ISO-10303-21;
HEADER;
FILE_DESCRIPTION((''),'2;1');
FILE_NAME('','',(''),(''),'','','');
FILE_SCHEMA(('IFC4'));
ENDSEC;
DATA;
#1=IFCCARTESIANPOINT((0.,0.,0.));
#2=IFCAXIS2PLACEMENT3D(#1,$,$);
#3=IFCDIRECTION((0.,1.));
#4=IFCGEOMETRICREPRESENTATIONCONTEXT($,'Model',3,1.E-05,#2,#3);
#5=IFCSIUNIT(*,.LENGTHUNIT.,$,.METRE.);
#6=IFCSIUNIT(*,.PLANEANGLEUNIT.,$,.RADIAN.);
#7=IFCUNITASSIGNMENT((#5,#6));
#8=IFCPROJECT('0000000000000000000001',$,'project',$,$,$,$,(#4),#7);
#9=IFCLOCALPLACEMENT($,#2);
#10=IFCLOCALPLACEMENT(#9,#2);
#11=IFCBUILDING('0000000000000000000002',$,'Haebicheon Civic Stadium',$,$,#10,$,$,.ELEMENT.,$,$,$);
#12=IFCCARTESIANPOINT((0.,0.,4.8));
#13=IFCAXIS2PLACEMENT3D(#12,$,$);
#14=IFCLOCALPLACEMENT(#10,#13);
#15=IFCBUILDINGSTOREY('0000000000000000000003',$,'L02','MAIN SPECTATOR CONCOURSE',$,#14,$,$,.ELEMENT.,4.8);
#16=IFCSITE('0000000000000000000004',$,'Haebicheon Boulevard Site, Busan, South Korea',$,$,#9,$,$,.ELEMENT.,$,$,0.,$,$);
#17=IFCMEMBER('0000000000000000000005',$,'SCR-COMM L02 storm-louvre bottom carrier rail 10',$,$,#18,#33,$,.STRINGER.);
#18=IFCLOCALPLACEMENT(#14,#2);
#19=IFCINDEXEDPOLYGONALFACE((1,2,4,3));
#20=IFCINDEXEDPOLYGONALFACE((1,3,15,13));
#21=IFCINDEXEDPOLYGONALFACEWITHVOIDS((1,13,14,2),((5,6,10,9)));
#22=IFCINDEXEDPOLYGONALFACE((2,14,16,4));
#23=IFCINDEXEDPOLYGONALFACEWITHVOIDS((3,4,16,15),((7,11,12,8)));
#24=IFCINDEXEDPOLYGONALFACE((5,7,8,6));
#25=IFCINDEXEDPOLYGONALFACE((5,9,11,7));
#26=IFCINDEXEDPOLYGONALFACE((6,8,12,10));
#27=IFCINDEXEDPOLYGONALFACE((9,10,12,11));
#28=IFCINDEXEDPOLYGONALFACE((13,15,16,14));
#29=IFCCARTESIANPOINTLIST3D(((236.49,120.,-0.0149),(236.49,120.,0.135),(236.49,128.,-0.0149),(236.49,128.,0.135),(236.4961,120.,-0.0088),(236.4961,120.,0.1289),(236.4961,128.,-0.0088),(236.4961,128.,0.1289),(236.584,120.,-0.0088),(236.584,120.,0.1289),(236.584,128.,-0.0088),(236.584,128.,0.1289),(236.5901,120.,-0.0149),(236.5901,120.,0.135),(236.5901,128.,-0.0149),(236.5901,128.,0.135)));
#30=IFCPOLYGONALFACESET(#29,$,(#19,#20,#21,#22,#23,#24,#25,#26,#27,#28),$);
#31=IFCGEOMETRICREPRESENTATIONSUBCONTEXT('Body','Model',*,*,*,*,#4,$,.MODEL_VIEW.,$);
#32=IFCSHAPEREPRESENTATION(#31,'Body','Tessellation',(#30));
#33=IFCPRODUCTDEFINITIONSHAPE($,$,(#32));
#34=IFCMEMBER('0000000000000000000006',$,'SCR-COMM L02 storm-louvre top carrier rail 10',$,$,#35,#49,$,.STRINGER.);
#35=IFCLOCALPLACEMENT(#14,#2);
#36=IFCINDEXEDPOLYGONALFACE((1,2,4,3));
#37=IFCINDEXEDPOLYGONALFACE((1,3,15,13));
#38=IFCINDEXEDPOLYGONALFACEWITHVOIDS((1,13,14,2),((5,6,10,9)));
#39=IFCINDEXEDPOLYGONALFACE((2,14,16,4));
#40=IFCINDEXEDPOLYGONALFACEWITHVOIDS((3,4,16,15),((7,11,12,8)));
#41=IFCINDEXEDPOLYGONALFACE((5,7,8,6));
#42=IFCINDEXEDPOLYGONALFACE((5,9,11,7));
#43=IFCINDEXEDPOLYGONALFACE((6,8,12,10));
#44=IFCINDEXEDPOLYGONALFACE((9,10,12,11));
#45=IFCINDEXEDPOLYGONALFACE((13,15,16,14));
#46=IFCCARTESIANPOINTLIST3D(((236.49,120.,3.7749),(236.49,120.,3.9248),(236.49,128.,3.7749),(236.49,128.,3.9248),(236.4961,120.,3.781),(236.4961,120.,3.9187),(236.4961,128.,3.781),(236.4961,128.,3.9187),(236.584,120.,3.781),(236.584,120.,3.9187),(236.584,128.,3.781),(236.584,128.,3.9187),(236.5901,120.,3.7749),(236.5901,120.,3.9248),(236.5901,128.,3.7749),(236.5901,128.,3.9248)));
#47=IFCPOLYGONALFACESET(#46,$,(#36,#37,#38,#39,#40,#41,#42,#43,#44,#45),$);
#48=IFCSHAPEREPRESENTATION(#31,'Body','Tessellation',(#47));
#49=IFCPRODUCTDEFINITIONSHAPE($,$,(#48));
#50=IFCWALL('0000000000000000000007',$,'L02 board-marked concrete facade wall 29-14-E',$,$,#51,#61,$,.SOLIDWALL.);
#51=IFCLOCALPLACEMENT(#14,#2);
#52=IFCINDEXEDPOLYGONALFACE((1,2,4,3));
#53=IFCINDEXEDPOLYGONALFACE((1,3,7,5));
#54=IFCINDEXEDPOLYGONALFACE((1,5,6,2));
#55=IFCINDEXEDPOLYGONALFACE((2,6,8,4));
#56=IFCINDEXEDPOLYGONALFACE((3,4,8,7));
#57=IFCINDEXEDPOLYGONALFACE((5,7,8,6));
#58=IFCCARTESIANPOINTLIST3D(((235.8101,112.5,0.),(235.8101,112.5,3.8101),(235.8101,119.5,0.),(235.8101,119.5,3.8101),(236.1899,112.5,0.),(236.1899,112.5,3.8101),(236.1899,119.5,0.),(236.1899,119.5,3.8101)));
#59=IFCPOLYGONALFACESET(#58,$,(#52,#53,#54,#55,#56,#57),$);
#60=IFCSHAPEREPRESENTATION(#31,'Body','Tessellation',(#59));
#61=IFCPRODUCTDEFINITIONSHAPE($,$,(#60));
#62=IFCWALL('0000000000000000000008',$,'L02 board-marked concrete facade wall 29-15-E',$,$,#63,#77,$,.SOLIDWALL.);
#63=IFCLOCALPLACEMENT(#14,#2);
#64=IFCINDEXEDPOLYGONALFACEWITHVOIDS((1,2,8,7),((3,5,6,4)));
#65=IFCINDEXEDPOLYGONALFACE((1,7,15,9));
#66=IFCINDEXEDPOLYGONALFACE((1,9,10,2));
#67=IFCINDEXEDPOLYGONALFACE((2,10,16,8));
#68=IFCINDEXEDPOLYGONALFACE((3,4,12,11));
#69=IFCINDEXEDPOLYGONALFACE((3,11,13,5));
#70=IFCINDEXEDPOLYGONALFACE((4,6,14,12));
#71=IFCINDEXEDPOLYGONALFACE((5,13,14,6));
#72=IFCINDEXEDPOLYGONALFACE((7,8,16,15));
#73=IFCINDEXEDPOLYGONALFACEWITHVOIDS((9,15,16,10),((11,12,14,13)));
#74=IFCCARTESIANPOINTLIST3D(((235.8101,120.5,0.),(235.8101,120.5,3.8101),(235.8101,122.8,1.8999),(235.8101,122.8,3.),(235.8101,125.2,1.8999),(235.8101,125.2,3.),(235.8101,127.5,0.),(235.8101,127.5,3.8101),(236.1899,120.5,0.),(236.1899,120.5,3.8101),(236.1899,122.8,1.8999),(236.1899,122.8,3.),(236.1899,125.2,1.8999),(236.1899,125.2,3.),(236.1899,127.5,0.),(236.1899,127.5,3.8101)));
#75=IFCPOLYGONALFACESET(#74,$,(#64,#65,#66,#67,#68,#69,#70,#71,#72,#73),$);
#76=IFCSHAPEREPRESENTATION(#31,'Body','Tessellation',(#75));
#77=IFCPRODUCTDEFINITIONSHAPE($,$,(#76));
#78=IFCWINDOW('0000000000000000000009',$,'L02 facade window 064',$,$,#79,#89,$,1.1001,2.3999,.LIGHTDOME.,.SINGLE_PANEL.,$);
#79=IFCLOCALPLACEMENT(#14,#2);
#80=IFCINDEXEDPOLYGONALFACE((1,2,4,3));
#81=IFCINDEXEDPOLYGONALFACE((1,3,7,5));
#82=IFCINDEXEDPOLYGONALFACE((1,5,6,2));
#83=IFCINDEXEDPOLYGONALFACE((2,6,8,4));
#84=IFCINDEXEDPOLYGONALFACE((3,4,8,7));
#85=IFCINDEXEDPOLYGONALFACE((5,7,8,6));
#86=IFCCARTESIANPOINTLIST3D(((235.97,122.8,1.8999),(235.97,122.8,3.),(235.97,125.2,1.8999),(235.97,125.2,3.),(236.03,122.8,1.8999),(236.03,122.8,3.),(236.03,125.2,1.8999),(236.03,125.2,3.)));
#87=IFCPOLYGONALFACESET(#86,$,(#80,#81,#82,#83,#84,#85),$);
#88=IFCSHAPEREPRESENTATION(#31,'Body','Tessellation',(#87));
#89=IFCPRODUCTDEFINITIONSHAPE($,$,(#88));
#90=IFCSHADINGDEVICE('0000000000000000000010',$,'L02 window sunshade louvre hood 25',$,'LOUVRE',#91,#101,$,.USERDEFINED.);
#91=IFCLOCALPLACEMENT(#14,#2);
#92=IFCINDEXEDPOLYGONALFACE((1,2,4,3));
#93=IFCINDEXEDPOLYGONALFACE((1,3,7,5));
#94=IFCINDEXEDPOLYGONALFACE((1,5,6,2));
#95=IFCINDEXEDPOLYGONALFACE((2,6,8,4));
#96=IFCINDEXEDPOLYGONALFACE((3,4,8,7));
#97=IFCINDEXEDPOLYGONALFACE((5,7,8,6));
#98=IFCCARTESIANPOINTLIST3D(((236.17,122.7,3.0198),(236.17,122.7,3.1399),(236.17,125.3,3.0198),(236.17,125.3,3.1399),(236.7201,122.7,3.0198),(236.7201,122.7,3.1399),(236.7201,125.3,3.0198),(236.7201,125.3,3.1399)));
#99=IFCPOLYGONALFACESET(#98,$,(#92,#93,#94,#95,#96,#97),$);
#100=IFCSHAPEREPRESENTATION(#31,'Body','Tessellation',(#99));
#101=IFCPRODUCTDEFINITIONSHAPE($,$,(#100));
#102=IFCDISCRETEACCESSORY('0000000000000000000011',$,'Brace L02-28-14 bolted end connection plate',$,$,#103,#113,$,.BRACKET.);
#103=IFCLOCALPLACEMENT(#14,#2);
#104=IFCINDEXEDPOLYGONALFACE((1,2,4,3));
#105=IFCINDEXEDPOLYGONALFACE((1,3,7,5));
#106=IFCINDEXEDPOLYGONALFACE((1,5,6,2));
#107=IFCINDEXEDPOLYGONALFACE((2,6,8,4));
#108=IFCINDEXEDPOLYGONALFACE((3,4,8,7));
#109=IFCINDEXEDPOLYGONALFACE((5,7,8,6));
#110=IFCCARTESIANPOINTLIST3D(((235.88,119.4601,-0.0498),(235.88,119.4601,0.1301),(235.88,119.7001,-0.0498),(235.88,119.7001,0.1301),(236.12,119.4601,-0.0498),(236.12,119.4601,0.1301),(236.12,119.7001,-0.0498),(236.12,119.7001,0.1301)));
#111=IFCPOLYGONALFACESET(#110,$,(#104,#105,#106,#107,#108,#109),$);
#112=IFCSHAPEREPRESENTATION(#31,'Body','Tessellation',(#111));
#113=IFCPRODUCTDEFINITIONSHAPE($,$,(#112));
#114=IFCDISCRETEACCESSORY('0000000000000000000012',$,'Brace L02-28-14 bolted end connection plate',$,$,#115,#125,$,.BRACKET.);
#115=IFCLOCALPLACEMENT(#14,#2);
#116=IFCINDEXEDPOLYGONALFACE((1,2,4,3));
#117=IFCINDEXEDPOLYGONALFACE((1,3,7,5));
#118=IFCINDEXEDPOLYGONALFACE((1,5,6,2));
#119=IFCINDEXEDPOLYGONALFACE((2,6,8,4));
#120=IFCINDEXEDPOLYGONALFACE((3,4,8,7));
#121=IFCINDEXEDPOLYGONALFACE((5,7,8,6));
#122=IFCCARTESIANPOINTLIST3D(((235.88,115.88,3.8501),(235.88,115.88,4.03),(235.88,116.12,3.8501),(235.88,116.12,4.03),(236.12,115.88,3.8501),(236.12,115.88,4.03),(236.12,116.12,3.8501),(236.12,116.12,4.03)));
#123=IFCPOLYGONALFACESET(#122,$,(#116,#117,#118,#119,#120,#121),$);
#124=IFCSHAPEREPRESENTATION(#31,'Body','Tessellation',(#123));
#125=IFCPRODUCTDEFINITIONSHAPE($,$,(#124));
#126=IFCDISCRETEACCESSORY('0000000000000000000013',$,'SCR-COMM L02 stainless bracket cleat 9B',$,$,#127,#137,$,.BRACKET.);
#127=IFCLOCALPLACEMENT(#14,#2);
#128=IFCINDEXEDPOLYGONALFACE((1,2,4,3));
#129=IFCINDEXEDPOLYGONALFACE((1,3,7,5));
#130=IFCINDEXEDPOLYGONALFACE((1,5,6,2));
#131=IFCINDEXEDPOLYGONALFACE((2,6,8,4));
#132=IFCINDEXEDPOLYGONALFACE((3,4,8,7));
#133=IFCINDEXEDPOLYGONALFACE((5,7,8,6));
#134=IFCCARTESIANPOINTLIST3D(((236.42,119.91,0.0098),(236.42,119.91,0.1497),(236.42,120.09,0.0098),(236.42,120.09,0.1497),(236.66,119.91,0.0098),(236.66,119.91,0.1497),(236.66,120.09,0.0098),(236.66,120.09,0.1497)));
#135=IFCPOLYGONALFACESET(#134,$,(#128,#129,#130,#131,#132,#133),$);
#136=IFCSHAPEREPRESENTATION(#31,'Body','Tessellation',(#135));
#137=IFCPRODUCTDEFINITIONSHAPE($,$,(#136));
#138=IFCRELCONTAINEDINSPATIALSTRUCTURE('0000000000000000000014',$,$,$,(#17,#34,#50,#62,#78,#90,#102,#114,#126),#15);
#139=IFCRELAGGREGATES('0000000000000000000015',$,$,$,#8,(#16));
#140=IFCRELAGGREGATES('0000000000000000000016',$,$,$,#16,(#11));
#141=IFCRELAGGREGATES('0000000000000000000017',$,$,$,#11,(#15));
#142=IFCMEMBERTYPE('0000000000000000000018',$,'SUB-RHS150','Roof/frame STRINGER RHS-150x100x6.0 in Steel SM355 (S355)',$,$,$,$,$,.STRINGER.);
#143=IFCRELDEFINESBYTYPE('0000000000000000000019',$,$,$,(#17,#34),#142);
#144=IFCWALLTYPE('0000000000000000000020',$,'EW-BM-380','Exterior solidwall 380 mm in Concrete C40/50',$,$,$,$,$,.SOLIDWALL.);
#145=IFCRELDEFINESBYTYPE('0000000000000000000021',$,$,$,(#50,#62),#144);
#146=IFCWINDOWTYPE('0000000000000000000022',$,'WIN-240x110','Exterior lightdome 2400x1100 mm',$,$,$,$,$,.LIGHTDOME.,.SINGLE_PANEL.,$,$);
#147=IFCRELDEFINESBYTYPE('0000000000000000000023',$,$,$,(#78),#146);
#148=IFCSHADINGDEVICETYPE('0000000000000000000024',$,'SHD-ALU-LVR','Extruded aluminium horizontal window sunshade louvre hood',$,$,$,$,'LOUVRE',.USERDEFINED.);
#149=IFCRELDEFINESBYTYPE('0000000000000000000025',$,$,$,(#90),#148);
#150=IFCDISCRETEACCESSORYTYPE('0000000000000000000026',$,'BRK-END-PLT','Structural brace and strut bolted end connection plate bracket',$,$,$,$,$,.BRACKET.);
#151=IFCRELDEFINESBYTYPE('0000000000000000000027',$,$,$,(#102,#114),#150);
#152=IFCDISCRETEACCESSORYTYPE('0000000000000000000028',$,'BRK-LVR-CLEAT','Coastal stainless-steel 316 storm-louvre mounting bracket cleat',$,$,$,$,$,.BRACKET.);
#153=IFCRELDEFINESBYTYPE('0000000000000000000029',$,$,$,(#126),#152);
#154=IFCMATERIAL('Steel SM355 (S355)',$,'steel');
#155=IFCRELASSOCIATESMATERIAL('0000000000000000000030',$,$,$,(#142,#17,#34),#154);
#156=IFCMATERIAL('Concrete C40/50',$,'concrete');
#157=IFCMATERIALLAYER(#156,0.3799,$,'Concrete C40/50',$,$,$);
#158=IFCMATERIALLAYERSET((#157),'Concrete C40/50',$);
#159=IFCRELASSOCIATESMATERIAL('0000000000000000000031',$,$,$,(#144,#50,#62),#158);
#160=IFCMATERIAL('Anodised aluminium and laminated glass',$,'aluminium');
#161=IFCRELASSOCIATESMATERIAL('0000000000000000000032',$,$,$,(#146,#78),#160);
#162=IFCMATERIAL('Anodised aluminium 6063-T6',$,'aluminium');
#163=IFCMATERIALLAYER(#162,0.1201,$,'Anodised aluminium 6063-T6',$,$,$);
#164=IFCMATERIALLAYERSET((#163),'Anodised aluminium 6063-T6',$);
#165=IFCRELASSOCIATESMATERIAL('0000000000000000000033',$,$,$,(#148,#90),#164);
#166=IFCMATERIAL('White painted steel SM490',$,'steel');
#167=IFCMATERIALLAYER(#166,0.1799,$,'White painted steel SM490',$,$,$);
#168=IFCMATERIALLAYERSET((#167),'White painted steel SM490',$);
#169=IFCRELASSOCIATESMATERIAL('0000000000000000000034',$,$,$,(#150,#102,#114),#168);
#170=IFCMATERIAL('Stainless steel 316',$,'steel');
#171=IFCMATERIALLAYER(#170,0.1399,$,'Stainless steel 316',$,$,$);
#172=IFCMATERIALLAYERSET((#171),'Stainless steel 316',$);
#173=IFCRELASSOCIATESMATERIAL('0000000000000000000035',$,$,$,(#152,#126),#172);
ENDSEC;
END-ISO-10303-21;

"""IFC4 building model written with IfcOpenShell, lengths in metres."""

from ifc_helpers import new_model, si_unit, direction, frame, frame_2d, origin, origin_2d, place, context, subcontext, project, spatial, rectangle, hollow_rectangle, extrude, material, layer, layer_set, material_profile, profile_set, type_object, element, fill, save


model = new_model("IFC4")

# Units and contexts
model_context = context("Model", 3, precision=1e-05, world=origin(), true_north=direction((0.0, 1.0)))
body_context = subcontext(model_context, "Body", "Model", "MODEL_VIEW")
ifc_project = project(units=[si_unit("LENGTHUNIT", "METRE"), si_unit("PLANEANGLEUNIT", "RADIAN")], contexts=[model_context])

# Site, building, storey
site_placement = place(None, origin())
site = spatial("IfcSite", under=ifc_project, at=site_placement, Name="Haebicheon Boulevard Site, Busan, South Korea", CompositionType="ELEMENT", RefElevation=0.0)
building_placement = place(site_placement, origin())
building = spatial("IfcBuilding", under=site, at=building_placement, Name="Haebicheon Civic Stadium", CompositionType="ELEMENT")
storey_placement = place(building_placement, frame((0.0, 0.0, 4.8)))
storey = spatial("IfcBuildingStorey", under=building, at=storey_placement, Name="L02", Description="MAIN SPECTATOR CONCOURSE", CompositionType="ELEMENT", Elevation=4.8)

# Members
ifc_material_1 = material(Name="Steel SM355 (S355)", Category="steel")
ifc_material_profile_1 = material_profile(ifc_material_1, hollow_rectangle(XDim=0.1001, YDim=0.1499, WallThickness=0.0061, at=origin_2d()), Name="RHS-150x100x6.0")
ifc_profile_set_1 = profile_set([ifc_material_profile_1], Name="Steel SM355 (S355)")
member_type_1 = type_object("IfcMemberType", Name="SUB-RHS150", Description="Roof/frame STRINGER RHS-150x100x6.0 in Steel SM355 (S355)", PredefinedType="STRINGER", material=ifc_profile_set_1)
for number, where, z_axis, x_axis, name in (
    (1, (236.54, 120.0, 0.0601), (0.0, 1.0, 0.0), (-1.0, 0.0, 0.0), "SCR-COMM L02 storm-louvre bottom carrier rail 10"),
    (2, (236.54, 120.0, 3.8499), (0.0, 1.0, 0.0), (-1.0, 0.0, 0.0), "SCR-COMM L02 storm-louvre top carrier rail 10"),
):
    element("IfcMember", number, at=place(storey_placement, frame(where, z_axis=z_axis, x_axis=x_axis)), inside=storey, type_object=member_type_1, material=ifc_profile_set_1, Name=name, PredefinedType="STRINGER", context=body_context, shape_type="SweptSolid", body=[
        extrude(hollow_rectangle(XDim=0.1001, YDim=0.1499, WallThickness=0.0061, at=origin_2d()), origin(), (0.0, 0.0, 1.0), 8.0),
    ])

# Wall
ifc_material_2 = material(Name="Concrete C40/50", Category="concrete")
ifc_layer_1 = layer(ifc_material_2, 0.3799, Name="Concrete C40/50")
ifc_layer_set_1 = layer_set([ifc_layer_1], Name="Concrete C40/50")
wall_type = type_object("IfcWallType", Name="EW-BM-380", Description="Exterior solidwall 380 mm in Concrete C40/50", PredefinedType="SOLIDWALL", material=ifc_layer_set_1)
wall_1_placement = place(storey_placement, frame((236.0, 112.5, 0.0), z_axis=(0.0, 0.0, 1.0), x_axis=(0.0, 1.0, 0.0)))
element("IfcWall", 3, at=wall_1_placement, inside=storey, type_object=wall_type, material=ifc_layer_set_1, Name="L02 board-marked concrete facade wall 29-14-E", PredefinedType="SOLIDWALL", context=body_context, shape_type="SweptSolid", body=[
    extrude(rectangle(XDim=7.0, YDim=0.3799, at=frame_2d((3.5, 0.0))), origin(), (0.0, 0.0, 1.0), 3.8101),
])

# Wall, opening, window
wall_2_placement = place(storey_placement, frame((236.0, 120.5, 0.0), z_axis=(0.0, 0.0, 1.0), x_axis=(0.0, 1.0, 0.0)))
wall_2 = element("IfcWall", 4, at=wall_2_placement, inside=storey, type_object=wall_type, material=ifc_layer_set_1, Name="L02 board-marked concrete facade wall 29-15-E", PredefinedType="SOLIDWALL", context=body_context, shape_type="SweptSolid", body=[
    extrude(rectangle(XDim=7.0, YDim=0.3799, at=frame_2d((3.5, 0.0))), origin(), (0.0, 0.0, 1.0), 3.8101),
])
opening_placement = place(wall_2_placement, frame((2.3, 0.0, 1.8999)))
opening = element("IfcOpeningElement", 5, at=opening_placement, cuts=wall_2, PredefinedType="OPENING", context=body_context, shape_type="SweptSolid", body=[
    extrude(rectangle(XDim=2.3999, YDim=1.1001, at=frame_2d((1.2, 0.55))), frame((0.0, 0.2, 0.0), z_axis=(0.0, -1.0, 0.0), x_axis=(1.0, 0.0, 0.0)), (0.0, 0.0, 1.0), 0.3999),
])
ifc_material_3 = material(Name="Anodised aluminium and laminated glass", Category="aluminium")
window_type = type_object("IfcWindowType", Name="WIN-240x110", Description="Exterior lightdome 2400x1100 mm", PartitioningType="SINGLE_PANEL", PredefinedType="LIGHTDOME", material=ifc_material_3)
window_placement = place(opening_placement, origin())
window = element("IfcWindow", 6, at=window_placement, inside=storey, type_object=window_type, material=ifc_material_3, Name="L02 facade window 064", OverallHeight=1.1001, OverallWidth=2.3999, PartitioningType="SINGLE_PANEL", PredefinedType="LIGHTDOME", context=body_context, shape_type="SweptSolid", body=[
    extrude(rectangle(XDim=2.3999, YDim=1.1001, at=frame_2d((1.2, 0.55))), frame((0.0, 0.03, 0.0), z_axis=(0.0, -1.0, 0.0), x_axis=(1.0, 0.0, 0.0)), (0.0, 0.0, 1.0), 0.0601),
])
fill(opening, window)

# Shading device
ifc_material_4 = material(Name="Anodised aluminium 6063-T6", Category="aluminium")
ifc_layer_2 = layer(ifc_material_4, 0.1201, Name="Anodised aluminium 6063-T6")
ifc_layer_set_2 = layer_set([ifc_layer_2], Name="Anodised aluminium 6063-T6")
shading_device_type = type_object("IfcShadingDeviceType", Name="SHD-ALU-LVR", Description="Extruded aluminium horizontal window sunshade louvre hood", ElementType="LOUVRE", PredefinedType="USERDEFINED", material=ifc_layer_set_2)
shading_device_placement = place(storey_placement, frame((236.4451, 124.0, 3.0198), z_axis=(0.0, 0.0, 1.0), x_axis=(1.0, 0.0, 0.0)))
element("IfcShadingDevice", 7, at=shading_device_placement, inside=storey, type_object=shading_device_type, material=ifc_layer_set_2, Name="L02 window sunshade louvre hood 25", ObjectType="LOUVRE", PredefinedType="USERDEFINED", context=body_context, shape_type="SweptSolid", body=[
    extrude(rectangle(XDim=0.55, YDim=2.6001, at=origin_2d()), origin(), (0.0, 0.0, 1.0), 0.1201),
])

# Discrete accessories
ifc_material_5 = material(Name="White painted steel SM490", Category="steel")
ifc_layer_3 = layer(ifc_material_5, 0.1799, Name="White painted steel SM490")
ifc_layer_set_3 = layer_set([ifc_layer_3], Name="White painted steel SM490")
discrete_accessory_type_1 = type_object("IfcDiscreteAccessoryType", Name="BRK-END-PLT", Description="Structural brace and strut bolted end connection plate bracket", PredefinedType="BRACKET", material=ifc_layer_set_3)
for number, where, z_axis, x_axis, name in (
    (8, (236.0, 119.5801, -0.0498), (0.0, 0.0, 1.0), (1.0, 0.0, 0.0), "Brace L02-28-14 bolted end connection plate"),
    (9, (236.0, 116.0, 3.8501), (0.0, 0.0, 1.0), (1.0, 0.0, 0.0), "Brace L02-28-14 bolted end connection plate"),
):
    element("IfcDiscreteAccessory", number, at=place(storey_placement, frame(where, z_axis=z_axis, x_axis=x_axis)), inside=storey, type_object=discrete_accessory_type_1, material=ifc_layer_set_3, Name=name, PredefinedType="BRACKET", context=body_context, shape_type="SweptSolid", body=[
        extrude(rectangle(XDim=0.24, YDim=0.24, at=origin_2d()), origin(), (0.0, 0.0, 1.0), 0.1799),
    ])
ifc_material_6 = material(Name="Stainless steel 316", Category="steel")
ifc_layer_4 = layer(ifc_material_6, 0.1399, Name="Stainless steel 316")
ifc_layer_set_4 = layer_set([ifc_layer_4], Name="Stainless steel 316")
discrete_accessory_type_2 = type_object("IfcDiscreteAccessoryType", Name="BRK-LVR-CLEAT", Description="Coastal stainless-steel 316 storm-louvre mounting bracket cleat", PredefinedType="BRACKET", material=ifc_layer_set_4)
discrete_accessory_placement = place(storey_placement, frame((236.54, 120.0, 0.0098), z_axis=(0.0, 0.0, 1.0), x_axis=(1.0, 0.0, 0.0)))
element("IfcDiscreteAccessory", 10, at=discrete_accessory_placement, inside=storey, type_object=discrete_accessory_type_2, material=ifc_layer_set_4, Name="SCR-COMM L02 stainless bracket cleat 9B", PredefinedType="BRACKET", context=body_context, shape_type="SweptSolid", body=[
    extrude(rectangle(XDim=0.24, YDim=0.1799, at=origin_2d()), origin(), (0.0, 0.0, 1.0), 0.1399),
])

save(model, "model.ifc")
